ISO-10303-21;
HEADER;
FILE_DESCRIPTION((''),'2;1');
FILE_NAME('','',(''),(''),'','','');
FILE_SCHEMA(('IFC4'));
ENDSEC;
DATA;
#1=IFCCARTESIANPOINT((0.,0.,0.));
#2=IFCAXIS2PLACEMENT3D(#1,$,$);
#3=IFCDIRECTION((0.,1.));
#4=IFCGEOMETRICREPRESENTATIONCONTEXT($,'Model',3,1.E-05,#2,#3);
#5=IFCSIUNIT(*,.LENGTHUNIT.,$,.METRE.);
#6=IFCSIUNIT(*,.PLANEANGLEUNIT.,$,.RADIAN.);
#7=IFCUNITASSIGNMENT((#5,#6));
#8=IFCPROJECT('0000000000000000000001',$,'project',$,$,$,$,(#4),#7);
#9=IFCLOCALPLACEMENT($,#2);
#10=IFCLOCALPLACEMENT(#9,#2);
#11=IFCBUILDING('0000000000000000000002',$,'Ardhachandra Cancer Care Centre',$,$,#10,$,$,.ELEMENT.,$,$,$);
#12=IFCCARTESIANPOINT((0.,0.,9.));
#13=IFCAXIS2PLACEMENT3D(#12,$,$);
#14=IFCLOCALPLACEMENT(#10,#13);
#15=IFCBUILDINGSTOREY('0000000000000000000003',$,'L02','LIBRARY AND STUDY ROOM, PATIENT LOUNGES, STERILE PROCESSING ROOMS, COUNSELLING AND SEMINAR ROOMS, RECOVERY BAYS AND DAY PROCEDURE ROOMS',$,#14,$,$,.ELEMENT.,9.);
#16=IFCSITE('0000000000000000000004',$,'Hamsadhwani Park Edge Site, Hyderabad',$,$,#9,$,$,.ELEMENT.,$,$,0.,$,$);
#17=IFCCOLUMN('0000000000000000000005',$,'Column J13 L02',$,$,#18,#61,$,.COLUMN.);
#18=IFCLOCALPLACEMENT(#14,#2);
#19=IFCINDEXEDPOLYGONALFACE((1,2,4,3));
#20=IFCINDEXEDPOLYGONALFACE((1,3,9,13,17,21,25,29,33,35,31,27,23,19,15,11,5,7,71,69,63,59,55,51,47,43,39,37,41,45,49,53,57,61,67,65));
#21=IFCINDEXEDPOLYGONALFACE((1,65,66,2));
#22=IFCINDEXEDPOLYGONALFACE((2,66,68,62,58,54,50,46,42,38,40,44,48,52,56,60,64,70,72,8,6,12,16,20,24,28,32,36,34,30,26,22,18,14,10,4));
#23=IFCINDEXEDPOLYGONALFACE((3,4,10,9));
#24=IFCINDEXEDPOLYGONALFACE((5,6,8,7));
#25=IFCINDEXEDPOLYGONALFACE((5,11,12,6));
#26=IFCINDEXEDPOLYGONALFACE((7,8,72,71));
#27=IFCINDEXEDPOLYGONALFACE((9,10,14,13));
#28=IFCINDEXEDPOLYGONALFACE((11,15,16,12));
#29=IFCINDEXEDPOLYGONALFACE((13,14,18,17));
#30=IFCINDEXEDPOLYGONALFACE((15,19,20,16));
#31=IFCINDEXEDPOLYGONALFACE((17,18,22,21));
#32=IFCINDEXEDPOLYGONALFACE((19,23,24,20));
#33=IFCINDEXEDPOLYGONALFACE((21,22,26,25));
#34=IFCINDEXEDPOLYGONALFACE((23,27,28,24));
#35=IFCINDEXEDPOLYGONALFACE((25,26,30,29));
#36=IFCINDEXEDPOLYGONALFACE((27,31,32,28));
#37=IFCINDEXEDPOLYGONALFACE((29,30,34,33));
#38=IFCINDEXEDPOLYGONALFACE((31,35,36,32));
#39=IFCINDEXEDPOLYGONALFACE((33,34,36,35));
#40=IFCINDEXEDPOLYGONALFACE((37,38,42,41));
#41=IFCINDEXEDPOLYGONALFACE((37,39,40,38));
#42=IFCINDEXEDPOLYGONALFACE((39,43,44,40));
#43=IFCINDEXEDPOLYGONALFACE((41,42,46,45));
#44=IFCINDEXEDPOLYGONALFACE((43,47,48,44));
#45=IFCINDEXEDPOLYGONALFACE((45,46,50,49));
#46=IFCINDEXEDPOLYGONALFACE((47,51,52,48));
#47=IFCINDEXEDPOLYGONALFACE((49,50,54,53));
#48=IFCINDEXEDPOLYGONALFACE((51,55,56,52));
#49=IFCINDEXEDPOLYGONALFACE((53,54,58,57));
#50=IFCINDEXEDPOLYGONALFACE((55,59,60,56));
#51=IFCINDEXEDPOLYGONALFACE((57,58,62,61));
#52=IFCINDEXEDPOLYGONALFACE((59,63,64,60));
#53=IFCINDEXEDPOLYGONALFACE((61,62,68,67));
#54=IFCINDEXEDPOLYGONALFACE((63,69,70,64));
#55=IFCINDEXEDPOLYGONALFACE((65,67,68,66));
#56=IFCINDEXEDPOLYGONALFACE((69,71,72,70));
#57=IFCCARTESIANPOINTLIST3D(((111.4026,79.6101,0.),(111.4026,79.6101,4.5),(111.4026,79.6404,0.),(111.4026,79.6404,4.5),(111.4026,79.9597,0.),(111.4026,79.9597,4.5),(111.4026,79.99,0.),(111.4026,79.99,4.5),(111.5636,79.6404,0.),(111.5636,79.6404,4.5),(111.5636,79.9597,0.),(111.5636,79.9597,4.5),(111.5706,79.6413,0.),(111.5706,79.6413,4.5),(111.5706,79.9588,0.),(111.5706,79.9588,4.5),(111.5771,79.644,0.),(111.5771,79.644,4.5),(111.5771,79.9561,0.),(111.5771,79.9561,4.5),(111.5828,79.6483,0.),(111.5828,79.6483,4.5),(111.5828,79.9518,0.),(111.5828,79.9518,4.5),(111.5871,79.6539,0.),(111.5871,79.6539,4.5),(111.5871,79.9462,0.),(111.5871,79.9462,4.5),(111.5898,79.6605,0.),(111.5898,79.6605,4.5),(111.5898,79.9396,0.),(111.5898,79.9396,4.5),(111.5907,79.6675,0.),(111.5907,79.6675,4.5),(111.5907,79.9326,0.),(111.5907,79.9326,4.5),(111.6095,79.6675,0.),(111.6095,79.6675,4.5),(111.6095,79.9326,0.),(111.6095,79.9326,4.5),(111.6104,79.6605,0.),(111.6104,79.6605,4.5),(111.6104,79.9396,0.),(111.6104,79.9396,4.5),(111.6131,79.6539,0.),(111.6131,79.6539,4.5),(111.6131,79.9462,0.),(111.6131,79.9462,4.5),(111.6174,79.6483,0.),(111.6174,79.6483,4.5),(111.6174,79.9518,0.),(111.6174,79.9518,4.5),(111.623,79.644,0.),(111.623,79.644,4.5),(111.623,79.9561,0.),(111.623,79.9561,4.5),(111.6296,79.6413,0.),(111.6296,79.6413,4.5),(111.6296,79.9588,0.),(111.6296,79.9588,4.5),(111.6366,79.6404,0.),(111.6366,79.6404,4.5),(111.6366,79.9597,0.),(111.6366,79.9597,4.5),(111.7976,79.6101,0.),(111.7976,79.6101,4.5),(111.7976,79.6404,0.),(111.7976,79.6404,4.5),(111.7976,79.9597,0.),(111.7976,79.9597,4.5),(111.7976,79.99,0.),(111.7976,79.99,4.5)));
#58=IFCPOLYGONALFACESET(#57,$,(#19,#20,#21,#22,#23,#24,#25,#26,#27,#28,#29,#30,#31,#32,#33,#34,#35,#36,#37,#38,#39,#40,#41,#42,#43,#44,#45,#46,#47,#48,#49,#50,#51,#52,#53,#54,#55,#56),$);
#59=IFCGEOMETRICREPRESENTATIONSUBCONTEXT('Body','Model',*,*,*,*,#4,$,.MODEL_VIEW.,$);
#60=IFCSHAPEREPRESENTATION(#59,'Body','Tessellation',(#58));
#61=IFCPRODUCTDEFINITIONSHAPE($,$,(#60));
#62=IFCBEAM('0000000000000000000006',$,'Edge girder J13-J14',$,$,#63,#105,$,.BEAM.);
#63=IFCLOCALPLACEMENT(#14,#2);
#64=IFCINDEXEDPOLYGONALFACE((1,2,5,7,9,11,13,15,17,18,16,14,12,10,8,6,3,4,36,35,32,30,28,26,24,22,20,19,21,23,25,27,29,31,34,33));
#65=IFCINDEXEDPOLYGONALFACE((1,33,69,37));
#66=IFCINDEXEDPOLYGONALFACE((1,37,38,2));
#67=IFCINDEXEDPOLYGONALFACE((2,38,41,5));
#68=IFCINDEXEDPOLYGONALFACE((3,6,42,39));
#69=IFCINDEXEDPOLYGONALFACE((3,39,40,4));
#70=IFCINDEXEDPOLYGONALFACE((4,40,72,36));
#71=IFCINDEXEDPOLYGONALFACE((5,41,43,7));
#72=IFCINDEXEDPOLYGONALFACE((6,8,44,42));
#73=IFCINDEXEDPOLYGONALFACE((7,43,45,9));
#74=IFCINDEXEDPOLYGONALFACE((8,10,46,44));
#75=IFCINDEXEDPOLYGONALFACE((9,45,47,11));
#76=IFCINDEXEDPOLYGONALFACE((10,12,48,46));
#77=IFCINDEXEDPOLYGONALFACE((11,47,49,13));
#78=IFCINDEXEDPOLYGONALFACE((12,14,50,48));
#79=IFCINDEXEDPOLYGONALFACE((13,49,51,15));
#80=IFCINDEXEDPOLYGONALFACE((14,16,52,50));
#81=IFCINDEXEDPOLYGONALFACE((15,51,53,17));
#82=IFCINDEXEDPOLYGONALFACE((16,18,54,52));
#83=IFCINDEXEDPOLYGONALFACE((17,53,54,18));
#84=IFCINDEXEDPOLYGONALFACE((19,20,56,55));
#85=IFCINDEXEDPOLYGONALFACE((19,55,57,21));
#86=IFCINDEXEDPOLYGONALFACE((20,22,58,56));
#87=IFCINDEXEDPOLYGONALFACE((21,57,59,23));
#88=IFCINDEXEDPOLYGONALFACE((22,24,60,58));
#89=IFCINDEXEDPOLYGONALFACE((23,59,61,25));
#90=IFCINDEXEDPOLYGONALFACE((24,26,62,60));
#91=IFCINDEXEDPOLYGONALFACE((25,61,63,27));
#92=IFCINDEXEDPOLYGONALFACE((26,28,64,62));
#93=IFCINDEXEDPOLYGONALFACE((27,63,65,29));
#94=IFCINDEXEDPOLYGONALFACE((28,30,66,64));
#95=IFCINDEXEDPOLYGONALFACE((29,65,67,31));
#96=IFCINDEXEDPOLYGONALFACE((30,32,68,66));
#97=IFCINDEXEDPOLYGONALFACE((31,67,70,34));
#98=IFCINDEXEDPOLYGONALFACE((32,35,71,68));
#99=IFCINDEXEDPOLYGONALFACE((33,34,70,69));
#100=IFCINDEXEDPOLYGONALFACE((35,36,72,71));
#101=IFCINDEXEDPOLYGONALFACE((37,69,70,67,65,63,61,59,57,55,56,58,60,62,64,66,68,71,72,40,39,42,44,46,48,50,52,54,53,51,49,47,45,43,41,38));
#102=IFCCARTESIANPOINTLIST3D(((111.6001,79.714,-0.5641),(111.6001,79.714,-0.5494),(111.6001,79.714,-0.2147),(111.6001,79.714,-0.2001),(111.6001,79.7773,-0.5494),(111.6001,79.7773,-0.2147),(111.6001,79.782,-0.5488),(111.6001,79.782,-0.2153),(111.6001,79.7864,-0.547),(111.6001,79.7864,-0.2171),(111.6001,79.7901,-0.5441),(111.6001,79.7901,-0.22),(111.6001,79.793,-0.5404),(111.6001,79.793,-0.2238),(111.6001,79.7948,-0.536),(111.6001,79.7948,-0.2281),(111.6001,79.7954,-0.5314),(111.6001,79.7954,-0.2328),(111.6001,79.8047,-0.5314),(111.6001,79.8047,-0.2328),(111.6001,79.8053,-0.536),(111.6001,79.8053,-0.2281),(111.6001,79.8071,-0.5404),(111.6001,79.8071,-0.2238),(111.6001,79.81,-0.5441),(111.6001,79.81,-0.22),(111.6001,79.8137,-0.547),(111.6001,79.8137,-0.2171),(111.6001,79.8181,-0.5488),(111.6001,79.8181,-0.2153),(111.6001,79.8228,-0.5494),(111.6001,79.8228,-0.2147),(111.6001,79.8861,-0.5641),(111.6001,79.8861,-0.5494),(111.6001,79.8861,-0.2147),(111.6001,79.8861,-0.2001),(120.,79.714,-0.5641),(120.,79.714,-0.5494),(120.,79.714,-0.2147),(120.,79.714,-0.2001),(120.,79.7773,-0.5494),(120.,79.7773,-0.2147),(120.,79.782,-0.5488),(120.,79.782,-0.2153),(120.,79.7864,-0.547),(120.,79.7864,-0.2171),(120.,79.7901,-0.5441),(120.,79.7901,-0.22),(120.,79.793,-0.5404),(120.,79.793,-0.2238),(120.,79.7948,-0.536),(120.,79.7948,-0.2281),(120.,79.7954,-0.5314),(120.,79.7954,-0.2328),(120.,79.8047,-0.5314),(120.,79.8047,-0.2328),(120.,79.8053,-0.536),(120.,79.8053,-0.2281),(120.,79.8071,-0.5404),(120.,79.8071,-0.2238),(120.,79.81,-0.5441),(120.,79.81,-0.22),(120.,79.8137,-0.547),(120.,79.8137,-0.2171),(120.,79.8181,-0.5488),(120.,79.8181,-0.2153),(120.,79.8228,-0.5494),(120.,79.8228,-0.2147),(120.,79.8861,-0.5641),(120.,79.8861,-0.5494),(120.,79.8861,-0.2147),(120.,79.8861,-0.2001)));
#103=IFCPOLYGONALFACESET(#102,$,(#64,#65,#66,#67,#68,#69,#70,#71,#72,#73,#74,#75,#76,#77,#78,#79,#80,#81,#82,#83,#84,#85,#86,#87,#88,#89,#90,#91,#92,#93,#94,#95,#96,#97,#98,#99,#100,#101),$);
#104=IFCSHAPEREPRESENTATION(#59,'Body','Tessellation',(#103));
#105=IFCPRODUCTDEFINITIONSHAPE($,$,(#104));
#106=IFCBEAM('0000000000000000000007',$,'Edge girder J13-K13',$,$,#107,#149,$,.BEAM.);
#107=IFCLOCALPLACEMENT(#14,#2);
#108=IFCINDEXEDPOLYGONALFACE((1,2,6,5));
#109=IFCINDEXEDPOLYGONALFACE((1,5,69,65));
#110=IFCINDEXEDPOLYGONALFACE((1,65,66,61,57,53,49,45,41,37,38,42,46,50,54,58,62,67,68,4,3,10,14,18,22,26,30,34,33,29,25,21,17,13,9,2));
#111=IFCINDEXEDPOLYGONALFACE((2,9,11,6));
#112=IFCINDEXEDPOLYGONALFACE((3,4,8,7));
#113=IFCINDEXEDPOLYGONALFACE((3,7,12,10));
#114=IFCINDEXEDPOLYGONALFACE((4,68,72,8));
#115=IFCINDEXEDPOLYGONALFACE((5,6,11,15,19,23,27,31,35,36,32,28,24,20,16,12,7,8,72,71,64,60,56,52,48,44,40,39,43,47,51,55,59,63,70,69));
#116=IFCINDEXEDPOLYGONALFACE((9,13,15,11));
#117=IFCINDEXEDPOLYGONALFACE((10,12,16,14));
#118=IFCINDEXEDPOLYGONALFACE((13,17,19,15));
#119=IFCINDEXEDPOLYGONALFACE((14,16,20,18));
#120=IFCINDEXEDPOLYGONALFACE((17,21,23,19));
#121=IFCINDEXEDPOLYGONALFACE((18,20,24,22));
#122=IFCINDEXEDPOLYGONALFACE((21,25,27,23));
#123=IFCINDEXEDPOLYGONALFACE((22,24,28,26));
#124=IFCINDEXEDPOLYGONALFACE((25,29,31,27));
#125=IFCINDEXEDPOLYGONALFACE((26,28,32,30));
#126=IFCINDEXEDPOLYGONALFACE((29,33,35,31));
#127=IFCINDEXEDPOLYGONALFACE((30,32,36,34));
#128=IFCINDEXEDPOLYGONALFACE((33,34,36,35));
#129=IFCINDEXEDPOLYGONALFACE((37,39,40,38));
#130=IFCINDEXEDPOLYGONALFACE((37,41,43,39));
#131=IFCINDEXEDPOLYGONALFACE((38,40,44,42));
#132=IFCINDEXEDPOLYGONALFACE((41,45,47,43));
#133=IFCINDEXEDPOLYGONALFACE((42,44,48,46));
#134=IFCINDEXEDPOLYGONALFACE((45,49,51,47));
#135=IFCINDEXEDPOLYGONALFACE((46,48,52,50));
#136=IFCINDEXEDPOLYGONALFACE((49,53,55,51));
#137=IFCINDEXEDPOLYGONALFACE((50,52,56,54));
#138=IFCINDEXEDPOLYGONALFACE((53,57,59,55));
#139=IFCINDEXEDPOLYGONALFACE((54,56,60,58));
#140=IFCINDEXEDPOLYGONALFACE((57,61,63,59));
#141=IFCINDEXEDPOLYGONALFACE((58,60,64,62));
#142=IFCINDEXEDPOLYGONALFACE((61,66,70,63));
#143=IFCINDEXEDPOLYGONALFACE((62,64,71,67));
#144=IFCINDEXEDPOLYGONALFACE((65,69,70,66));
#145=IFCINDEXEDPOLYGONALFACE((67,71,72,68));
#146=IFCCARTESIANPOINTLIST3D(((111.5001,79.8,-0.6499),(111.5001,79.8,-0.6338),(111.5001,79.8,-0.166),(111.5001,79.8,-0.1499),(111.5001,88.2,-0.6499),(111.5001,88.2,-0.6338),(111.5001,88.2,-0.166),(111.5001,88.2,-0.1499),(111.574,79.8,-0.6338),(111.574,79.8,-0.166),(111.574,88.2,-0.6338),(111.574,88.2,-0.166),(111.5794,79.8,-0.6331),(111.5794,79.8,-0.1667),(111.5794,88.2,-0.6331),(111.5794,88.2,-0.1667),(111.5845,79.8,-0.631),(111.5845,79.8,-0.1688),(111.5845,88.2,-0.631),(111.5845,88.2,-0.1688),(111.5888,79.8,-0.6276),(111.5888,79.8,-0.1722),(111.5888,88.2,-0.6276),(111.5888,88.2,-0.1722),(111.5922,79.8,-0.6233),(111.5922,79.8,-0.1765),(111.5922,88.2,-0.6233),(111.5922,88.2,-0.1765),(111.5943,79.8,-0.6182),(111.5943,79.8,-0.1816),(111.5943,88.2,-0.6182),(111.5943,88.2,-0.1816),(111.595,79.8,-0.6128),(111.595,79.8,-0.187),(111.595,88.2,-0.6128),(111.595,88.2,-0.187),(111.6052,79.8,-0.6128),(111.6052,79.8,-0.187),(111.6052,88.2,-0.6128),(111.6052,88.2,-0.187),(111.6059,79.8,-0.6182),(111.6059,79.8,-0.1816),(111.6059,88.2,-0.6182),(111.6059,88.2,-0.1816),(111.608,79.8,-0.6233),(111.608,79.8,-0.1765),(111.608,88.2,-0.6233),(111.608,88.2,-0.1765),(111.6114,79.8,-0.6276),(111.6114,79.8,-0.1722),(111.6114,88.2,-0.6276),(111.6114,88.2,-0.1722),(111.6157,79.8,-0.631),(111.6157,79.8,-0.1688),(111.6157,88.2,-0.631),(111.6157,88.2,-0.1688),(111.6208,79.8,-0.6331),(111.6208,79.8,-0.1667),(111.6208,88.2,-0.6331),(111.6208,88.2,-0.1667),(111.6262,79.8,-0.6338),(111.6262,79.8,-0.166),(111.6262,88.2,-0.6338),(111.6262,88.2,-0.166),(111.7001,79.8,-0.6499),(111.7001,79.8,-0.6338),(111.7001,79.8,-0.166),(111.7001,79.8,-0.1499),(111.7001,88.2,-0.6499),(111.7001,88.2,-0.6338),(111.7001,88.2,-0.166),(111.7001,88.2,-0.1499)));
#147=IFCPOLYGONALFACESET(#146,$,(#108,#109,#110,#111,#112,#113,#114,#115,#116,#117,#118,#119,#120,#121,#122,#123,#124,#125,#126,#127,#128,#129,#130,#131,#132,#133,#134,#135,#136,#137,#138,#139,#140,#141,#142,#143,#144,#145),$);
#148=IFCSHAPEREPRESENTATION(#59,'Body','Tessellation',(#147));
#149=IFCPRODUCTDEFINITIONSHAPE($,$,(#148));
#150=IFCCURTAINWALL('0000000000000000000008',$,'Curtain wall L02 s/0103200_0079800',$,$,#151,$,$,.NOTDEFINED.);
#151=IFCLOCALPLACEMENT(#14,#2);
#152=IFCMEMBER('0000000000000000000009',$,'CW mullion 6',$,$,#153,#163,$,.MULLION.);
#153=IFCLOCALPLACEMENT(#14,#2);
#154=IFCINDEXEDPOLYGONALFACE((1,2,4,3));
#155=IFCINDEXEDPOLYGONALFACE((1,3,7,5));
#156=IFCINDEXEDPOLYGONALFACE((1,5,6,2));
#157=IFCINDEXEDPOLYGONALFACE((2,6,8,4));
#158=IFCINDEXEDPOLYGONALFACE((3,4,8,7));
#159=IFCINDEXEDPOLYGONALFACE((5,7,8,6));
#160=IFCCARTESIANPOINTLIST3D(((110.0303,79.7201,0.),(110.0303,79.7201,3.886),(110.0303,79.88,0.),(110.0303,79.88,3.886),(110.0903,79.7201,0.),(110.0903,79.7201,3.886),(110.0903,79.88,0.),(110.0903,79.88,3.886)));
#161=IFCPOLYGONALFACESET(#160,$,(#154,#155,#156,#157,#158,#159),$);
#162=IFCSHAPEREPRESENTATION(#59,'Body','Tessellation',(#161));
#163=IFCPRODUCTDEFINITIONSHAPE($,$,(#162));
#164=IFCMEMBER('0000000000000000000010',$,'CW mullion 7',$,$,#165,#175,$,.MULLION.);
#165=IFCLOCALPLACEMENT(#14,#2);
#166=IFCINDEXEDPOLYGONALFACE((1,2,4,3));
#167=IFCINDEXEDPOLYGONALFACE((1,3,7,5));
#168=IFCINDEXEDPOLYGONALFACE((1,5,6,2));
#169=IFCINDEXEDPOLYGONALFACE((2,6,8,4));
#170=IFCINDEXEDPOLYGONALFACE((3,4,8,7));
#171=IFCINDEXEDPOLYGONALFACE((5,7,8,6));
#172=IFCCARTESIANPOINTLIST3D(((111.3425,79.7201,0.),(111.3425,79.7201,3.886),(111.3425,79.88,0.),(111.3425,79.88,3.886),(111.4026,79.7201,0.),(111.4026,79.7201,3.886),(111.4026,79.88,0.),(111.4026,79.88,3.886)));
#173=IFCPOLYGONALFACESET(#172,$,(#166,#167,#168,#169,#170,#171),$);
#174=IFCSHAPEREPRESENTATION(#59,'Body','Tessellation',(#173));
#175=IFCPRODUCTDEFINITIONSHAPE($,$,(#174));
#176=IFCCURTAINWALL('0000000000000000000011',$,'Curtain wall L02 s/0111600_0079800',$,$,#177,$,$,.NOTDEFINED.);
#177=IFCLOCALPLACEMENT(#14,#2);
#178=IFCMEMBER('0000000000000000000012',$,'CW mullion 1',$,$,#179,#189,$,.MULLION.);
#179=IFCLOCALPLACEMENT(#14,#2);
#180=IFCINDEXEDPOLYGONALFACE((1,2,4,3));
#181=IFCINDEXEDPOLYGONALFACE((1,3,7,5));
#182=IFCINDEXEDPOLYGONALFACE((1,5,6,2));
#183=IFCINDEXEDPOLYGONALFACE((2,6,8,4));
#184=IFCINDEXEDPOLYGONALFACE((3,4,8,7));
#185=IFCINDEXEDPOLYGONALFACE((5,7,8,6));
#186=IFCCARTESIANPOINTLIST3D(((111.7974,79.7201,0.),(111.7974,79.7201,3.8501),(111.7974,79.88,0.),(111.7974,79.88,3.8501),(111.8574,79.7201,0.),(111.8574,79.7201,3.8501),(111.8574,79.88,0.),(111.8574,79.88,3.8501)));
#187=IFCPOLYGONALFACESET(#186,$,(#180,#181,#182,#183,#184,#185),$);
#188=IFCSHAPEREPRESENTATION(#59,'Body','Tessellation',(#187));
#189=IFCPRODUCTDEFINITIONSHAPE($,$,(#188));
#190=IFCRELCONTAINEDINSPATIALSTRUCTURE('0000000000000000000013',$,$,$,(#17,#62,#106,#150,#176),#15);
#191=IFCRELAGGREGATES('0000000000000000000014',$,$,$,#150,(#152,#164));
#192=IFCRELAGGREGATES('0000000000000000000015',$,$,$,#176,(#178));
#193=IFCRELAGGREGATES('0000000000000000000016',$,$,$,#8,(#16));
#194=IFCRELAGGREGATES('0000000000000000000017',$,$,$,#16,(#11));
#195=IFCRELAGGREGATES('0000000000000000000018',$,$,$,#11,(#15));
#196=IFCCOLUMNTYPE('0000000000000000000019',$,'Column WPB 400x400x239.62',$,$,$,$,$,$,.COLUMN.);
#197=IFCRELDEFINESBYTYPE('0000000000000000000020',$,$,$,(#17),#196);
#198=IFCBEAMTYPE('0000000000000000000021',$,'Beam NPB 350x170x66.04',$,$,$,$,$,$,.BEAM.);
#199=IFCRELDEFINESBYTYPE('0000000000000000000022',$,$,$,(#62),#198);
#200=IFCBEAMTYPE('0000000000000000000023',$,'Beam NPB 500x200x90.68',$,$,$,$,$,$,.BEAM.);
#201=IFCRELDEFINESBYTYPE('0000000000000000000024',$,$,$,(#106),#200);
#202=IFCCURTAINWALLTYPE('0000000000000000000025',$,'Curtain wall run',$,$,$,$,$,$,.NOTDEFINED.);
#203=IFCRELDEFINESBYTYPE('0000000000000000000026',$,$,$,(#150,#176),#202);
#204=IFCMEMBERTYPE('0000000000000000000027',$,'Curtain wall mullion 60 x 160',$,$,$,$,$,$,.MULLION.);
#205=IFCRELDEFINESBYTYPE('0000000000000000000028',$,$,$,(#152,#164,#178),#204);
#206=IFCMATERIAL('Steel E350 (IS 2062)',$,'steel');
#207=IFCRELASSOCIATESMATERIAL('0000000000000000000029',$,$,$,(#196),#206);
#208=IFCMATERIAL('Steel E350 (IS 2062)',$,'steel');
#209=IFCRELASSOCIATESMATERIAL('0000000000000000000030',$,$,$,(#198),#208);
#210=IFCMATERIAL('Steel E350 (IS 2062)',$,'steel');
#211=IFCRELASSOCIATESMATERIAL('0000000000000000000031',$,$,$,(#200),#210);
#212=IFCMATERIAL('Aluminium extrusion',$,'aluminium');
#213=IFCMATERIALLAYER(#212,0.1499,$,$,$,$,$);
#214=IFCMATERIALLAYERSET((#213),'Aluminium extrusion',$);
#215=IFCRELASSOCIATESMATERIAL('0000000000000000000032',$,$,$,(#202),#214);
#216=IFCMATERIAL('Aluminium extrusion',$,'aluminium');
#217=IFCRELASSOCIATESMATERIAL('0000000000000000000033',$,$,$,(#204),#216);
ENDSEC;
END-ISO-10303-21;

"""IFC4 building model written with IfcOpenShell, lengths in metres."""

from ifc_helpers import new_model, si_unit, direction, frame, origin, origin_2d, place, context, subcontext, project, spatial, rectangle, i_section, extrude, material, layer, layer_set, material_profile, profile_set, type_object, element, aggregate, save


model = new_model("IFC4")

# Units and contexts
model_context = context("Model", 3, precision=1e-05, world=origin(), true_north=direction((0.0, 1.0)))
body_context = subcontext(model_context, "Body", "Model", "MODEL_VIEW")
ifc_project = project(units=[si_unit("LENGTHUNIT", "METRE"), si_unit("PLANEANGLEUNIT", "RADIAN")], contexts=[model_context])

# Site, building, storey
site_placement = place(None, origin())
site = spatial("IfcSite", under=ifc_project, at=site_placement, Name="Hamsadhwani Park Edge Site, Hyderabad", CompositionType="ELEMENT", RefElevation=0.0)
building_placement = place(site_placement, origin())
building = spatial("IfcBuilding", under=site, at=building_placement, Name="Ardhachandra Cancer Care Centre", CompositionType="ELEMENT")
storey_placement = place(building_placement, frame((0.0, 0.0, 9.0)))
storey = spatial("IfcBuildingStorey", under=building, at=storey_placement, Name="L02", Description="LIBRARY AND STUDY ROOM, PATIENT LOUNGES, STERILE PROCESSING ROOMS, COUNSELLING AND SEMINAR ROOMS, RECOVERY BAYS AND DAY PROCEDURE ROOMS", CompositionType="ELEMENT", Elevation=9.0)

# Column
ifc_material_1 = material(Name="Steel E350 (IS 2062)", Category="steel")
ifc_material_profile_1 = material_profile(ifc_material_1, i_section(OverallWidth=0.395, OverallDepth=0.3799, WebThickness=0.0188, FlangeThickness=0.0303, FilletRadius=0.0271, at=origin_2d()), Name="WPB 400x400x239.62")
ifc_profile_set_1 = profile_set([ifc_material_profile_1], Name="Steel E350 (IS 2062)")
column_type = type_object("IfcColumnType", Name="Column WPB 400x400x239.62", PredefinedType="COLUMN", material=ifc_profile_set_1)
column_placement = place(storey_placement, frame((111.6001, 79.8, 0.0), z_axis=(0.0, 0.0, 1.0), x_axis=(1.0, 0.0, 0.0)))
element("IfcColumn", 1, at=column_placement, inside=storey, type_object=column_type, Name="Column J13 L02", PredefinedType="COLUMN", context=body_context, shape_type="SweptSolid", body=[
    extrude(i_section(OverallWidth=0.395, OverallDepth=0.3799, WebThickness=0.0188, FlangeThickness=0.0303, FilletRadius=0.0271, at=origin_2d()), origin(), (0.0, 0.0, 1.0), 4.5),
])

# Beams
ifc_material_2 = material(Name="Steel E350 (IS 2062)", Category="steel")
ifc_material_profile_2 = material_profile(ifc_material_2, i_section(OverallWidth=0.1721, OverallDepth=0.364, WebThickness=0.0093, FlangeThickness=0.0146, FilletRadius=0.0181, at=origin_2d()), Name="NPB 350x170x66.04")
ifc_profile_set_2 = profile_set([ifc_material_profile_2], Name="Steel E350 (IS 2062)")
beam_type_1 = type_object("IfcBeamType", Name="Beam NPB 350x170x66.04", PredefinedType="BEAM", material=ifc_profile_set_2)
beam_1_placement = place(storey_placement, frame((111.6001, 79.8, -0.3821), z_axis=(1.0, 0.0, 0.0), x_axis=(0.0, 1.0, 0.0)))
element("IfcBeam", 2, at=beam_1_placement, inside=storey, type_object=beam_type_1, Name="Edge girder J13-J14", PredefinedType="BEAM", context=body_context, shape_type="SweptSolid", body=[
    extrude(i_section(OverallWidth=0.1721, OverallDepth=0.364, WebThickness=0.0093, FlangeThickness=0.0146, FilletRadius=0.0181, at=origin_2d()), origin(), (0.0, 0.0, 1.0), 8.3999),
])
ifc_material_3 = material(Name="Steel E350 (IS 2062)", Category="steel")
ifc_material_profile_3 = material_profile(ifc_material_3, i_section(OverallWidth=0.2, OverallDepth=0.5, WebThickness=0.0103, FlangeThickness=0.0161, FilletRadius=0.021, at=origin_2d()), Name="NPB 500x200x90.68")
ifc_profile_set_3 = profile_set([ifc_material_profile_3], Name="Steel E350 (IS 2062)")
beam_type_2 = type_object("IfcBeamType", Name="Beam NPB 500x200x90.68", PredefinedType="BEAM", material=ifc_profile_set_3)
beam_2_placement = place(storey_placement, frame((111.6001, 79.8, -0.3999), z_axis=(0.0, 1.0, 0.0), x_axis=(-1.0, 0.0, 0.0)))
element("IfcBeam", 3, at=beam_2_placement, inside=storey, type_object=beam_type_2, Name="Edge girder J13-K13", PredefinedType="BEAM", context=body_context, shape_type="SweptSolid", body=[
    extrude(i_section(OverallWidth=0.2, OverallDepth=0.5, WebThickness=0.0103, FlangeThickness=0.0161, FilletRadius=0.021, at=origin_2d()), origin(), (0.0, 0.0, 1.0), 8.3999),
])

# Curtain walls, members
ifc_material_4 = material(Name="Aluminium extrusion", Category="aluminium")
ifc_layer_1 = layer(ifc_material_4, 0.1499)
ifc_layer_set_1 = layer_set([ifc_layer_1], Name="Aluminium extrusion")
curtain_wall_type = type_object("IfcCurtainWallType", Name="Curtain wall run", PredefinedType="NOTDEFINED", material=ifc_layer_set_1)
curtain_wall_1_placement = place(storey_placement, origin())
curtain_wall_1 = element("IfcCurtainWall", 4, at=curtain_wall_1_placement, inside=storey, type_object=curtain_wall_type, Name="Curtain wall L02 s/0103200_0079800", PredefinedType="NOTDEFINED")
ifc_material_5 = material(Name="Aluminium extrusion", Category="aluminium")
ifc_material_profile_4 = material_profile(ifc_material_5, rectangle(XDim=0.1599, YDim=0.0601, at=origin_2d()), Name="Curtain wall mullion 60 x 160")
ifc_profile_set_4 = profile_set([ifc_material_profile_4], Name="Aluminium extrusion")
member_type_1 = type_object("IfcMemberType", Name="Curtain wall mullion 60 x 160", PredefinedType="MULLION", material=ifc_profile_set_4)
member_1_placement = place(storey_placement, frame((110.0603, 79.8, 0.0), z_axis=(0.0, 0.0, 1.0), x_axis=(0.0, 1.0, 0.0)))
member_1 = element("IfcMember", 5, at=member_1_placement, type_object=member_type_1, Name="CW mullion 6", PredefinedType="MULLION", context=body_context, shape_type="SweptSolid", body=[
    extrude(rectangle(XDim=0.1599, YDim=0.0601, at=origin_2d()), origin(), (0.0, 0.0, 1.0), 3.886),
])
member_2_placement = place(storey_placement, frame((111.3726, 79.8, 0.0), z_axis=(0.0, 0.0, 1.0), x_axis=(0.0, 1.0, 0.0)))
member_2 = element("IfcMember", 6, at=member_2_placement, type_object=member_type_1, Name="CW mullion 7", PredefinedType="MULLION", context=body_context, shape_type="SweptSolid", body=[
    extrude(rectangle(XDim=0.1599, YDim=0.0601, at=origin_2d()), origin(), (0.0, 0.0, 1.0), 3.886),
])
curtain_wall_2_placement = place(storey_placement, origin())
curtain_wall_2 = element("IfcCurtainWall", 7, at=curtain_wall_2_placement, inside=storey, type_object=curtain_wall_type, Name="Curtain wall L02 s/0111600_0079800", PredefinedType="NOTDEFINED")
member_3_placement = place(storey_placement, frame((111.8274, 79.8, 0.0), z_axis=(0.0, 0.0, 1.0), x_axis=(0.0, 1.0, 0.0)))
member_3 = element("IfcMember", 8, at=member_3_placement, type_object=member_type_1, Name="CW mullion 1", PredefinedType="MULLION", context=body_context, shape_type="SweptSolid", body=[
    extrude(rectangle(XDim=0.1599, YDim=0.0601, at=origin_2d()), origin(), (0.0, 0.0, 1.0), 3.8501),
])

aggregate(curtain_wall_1, [member_1, member_2])
aggregate(curtain_wall_2, [member_3])

save(model, "model.ifc")
